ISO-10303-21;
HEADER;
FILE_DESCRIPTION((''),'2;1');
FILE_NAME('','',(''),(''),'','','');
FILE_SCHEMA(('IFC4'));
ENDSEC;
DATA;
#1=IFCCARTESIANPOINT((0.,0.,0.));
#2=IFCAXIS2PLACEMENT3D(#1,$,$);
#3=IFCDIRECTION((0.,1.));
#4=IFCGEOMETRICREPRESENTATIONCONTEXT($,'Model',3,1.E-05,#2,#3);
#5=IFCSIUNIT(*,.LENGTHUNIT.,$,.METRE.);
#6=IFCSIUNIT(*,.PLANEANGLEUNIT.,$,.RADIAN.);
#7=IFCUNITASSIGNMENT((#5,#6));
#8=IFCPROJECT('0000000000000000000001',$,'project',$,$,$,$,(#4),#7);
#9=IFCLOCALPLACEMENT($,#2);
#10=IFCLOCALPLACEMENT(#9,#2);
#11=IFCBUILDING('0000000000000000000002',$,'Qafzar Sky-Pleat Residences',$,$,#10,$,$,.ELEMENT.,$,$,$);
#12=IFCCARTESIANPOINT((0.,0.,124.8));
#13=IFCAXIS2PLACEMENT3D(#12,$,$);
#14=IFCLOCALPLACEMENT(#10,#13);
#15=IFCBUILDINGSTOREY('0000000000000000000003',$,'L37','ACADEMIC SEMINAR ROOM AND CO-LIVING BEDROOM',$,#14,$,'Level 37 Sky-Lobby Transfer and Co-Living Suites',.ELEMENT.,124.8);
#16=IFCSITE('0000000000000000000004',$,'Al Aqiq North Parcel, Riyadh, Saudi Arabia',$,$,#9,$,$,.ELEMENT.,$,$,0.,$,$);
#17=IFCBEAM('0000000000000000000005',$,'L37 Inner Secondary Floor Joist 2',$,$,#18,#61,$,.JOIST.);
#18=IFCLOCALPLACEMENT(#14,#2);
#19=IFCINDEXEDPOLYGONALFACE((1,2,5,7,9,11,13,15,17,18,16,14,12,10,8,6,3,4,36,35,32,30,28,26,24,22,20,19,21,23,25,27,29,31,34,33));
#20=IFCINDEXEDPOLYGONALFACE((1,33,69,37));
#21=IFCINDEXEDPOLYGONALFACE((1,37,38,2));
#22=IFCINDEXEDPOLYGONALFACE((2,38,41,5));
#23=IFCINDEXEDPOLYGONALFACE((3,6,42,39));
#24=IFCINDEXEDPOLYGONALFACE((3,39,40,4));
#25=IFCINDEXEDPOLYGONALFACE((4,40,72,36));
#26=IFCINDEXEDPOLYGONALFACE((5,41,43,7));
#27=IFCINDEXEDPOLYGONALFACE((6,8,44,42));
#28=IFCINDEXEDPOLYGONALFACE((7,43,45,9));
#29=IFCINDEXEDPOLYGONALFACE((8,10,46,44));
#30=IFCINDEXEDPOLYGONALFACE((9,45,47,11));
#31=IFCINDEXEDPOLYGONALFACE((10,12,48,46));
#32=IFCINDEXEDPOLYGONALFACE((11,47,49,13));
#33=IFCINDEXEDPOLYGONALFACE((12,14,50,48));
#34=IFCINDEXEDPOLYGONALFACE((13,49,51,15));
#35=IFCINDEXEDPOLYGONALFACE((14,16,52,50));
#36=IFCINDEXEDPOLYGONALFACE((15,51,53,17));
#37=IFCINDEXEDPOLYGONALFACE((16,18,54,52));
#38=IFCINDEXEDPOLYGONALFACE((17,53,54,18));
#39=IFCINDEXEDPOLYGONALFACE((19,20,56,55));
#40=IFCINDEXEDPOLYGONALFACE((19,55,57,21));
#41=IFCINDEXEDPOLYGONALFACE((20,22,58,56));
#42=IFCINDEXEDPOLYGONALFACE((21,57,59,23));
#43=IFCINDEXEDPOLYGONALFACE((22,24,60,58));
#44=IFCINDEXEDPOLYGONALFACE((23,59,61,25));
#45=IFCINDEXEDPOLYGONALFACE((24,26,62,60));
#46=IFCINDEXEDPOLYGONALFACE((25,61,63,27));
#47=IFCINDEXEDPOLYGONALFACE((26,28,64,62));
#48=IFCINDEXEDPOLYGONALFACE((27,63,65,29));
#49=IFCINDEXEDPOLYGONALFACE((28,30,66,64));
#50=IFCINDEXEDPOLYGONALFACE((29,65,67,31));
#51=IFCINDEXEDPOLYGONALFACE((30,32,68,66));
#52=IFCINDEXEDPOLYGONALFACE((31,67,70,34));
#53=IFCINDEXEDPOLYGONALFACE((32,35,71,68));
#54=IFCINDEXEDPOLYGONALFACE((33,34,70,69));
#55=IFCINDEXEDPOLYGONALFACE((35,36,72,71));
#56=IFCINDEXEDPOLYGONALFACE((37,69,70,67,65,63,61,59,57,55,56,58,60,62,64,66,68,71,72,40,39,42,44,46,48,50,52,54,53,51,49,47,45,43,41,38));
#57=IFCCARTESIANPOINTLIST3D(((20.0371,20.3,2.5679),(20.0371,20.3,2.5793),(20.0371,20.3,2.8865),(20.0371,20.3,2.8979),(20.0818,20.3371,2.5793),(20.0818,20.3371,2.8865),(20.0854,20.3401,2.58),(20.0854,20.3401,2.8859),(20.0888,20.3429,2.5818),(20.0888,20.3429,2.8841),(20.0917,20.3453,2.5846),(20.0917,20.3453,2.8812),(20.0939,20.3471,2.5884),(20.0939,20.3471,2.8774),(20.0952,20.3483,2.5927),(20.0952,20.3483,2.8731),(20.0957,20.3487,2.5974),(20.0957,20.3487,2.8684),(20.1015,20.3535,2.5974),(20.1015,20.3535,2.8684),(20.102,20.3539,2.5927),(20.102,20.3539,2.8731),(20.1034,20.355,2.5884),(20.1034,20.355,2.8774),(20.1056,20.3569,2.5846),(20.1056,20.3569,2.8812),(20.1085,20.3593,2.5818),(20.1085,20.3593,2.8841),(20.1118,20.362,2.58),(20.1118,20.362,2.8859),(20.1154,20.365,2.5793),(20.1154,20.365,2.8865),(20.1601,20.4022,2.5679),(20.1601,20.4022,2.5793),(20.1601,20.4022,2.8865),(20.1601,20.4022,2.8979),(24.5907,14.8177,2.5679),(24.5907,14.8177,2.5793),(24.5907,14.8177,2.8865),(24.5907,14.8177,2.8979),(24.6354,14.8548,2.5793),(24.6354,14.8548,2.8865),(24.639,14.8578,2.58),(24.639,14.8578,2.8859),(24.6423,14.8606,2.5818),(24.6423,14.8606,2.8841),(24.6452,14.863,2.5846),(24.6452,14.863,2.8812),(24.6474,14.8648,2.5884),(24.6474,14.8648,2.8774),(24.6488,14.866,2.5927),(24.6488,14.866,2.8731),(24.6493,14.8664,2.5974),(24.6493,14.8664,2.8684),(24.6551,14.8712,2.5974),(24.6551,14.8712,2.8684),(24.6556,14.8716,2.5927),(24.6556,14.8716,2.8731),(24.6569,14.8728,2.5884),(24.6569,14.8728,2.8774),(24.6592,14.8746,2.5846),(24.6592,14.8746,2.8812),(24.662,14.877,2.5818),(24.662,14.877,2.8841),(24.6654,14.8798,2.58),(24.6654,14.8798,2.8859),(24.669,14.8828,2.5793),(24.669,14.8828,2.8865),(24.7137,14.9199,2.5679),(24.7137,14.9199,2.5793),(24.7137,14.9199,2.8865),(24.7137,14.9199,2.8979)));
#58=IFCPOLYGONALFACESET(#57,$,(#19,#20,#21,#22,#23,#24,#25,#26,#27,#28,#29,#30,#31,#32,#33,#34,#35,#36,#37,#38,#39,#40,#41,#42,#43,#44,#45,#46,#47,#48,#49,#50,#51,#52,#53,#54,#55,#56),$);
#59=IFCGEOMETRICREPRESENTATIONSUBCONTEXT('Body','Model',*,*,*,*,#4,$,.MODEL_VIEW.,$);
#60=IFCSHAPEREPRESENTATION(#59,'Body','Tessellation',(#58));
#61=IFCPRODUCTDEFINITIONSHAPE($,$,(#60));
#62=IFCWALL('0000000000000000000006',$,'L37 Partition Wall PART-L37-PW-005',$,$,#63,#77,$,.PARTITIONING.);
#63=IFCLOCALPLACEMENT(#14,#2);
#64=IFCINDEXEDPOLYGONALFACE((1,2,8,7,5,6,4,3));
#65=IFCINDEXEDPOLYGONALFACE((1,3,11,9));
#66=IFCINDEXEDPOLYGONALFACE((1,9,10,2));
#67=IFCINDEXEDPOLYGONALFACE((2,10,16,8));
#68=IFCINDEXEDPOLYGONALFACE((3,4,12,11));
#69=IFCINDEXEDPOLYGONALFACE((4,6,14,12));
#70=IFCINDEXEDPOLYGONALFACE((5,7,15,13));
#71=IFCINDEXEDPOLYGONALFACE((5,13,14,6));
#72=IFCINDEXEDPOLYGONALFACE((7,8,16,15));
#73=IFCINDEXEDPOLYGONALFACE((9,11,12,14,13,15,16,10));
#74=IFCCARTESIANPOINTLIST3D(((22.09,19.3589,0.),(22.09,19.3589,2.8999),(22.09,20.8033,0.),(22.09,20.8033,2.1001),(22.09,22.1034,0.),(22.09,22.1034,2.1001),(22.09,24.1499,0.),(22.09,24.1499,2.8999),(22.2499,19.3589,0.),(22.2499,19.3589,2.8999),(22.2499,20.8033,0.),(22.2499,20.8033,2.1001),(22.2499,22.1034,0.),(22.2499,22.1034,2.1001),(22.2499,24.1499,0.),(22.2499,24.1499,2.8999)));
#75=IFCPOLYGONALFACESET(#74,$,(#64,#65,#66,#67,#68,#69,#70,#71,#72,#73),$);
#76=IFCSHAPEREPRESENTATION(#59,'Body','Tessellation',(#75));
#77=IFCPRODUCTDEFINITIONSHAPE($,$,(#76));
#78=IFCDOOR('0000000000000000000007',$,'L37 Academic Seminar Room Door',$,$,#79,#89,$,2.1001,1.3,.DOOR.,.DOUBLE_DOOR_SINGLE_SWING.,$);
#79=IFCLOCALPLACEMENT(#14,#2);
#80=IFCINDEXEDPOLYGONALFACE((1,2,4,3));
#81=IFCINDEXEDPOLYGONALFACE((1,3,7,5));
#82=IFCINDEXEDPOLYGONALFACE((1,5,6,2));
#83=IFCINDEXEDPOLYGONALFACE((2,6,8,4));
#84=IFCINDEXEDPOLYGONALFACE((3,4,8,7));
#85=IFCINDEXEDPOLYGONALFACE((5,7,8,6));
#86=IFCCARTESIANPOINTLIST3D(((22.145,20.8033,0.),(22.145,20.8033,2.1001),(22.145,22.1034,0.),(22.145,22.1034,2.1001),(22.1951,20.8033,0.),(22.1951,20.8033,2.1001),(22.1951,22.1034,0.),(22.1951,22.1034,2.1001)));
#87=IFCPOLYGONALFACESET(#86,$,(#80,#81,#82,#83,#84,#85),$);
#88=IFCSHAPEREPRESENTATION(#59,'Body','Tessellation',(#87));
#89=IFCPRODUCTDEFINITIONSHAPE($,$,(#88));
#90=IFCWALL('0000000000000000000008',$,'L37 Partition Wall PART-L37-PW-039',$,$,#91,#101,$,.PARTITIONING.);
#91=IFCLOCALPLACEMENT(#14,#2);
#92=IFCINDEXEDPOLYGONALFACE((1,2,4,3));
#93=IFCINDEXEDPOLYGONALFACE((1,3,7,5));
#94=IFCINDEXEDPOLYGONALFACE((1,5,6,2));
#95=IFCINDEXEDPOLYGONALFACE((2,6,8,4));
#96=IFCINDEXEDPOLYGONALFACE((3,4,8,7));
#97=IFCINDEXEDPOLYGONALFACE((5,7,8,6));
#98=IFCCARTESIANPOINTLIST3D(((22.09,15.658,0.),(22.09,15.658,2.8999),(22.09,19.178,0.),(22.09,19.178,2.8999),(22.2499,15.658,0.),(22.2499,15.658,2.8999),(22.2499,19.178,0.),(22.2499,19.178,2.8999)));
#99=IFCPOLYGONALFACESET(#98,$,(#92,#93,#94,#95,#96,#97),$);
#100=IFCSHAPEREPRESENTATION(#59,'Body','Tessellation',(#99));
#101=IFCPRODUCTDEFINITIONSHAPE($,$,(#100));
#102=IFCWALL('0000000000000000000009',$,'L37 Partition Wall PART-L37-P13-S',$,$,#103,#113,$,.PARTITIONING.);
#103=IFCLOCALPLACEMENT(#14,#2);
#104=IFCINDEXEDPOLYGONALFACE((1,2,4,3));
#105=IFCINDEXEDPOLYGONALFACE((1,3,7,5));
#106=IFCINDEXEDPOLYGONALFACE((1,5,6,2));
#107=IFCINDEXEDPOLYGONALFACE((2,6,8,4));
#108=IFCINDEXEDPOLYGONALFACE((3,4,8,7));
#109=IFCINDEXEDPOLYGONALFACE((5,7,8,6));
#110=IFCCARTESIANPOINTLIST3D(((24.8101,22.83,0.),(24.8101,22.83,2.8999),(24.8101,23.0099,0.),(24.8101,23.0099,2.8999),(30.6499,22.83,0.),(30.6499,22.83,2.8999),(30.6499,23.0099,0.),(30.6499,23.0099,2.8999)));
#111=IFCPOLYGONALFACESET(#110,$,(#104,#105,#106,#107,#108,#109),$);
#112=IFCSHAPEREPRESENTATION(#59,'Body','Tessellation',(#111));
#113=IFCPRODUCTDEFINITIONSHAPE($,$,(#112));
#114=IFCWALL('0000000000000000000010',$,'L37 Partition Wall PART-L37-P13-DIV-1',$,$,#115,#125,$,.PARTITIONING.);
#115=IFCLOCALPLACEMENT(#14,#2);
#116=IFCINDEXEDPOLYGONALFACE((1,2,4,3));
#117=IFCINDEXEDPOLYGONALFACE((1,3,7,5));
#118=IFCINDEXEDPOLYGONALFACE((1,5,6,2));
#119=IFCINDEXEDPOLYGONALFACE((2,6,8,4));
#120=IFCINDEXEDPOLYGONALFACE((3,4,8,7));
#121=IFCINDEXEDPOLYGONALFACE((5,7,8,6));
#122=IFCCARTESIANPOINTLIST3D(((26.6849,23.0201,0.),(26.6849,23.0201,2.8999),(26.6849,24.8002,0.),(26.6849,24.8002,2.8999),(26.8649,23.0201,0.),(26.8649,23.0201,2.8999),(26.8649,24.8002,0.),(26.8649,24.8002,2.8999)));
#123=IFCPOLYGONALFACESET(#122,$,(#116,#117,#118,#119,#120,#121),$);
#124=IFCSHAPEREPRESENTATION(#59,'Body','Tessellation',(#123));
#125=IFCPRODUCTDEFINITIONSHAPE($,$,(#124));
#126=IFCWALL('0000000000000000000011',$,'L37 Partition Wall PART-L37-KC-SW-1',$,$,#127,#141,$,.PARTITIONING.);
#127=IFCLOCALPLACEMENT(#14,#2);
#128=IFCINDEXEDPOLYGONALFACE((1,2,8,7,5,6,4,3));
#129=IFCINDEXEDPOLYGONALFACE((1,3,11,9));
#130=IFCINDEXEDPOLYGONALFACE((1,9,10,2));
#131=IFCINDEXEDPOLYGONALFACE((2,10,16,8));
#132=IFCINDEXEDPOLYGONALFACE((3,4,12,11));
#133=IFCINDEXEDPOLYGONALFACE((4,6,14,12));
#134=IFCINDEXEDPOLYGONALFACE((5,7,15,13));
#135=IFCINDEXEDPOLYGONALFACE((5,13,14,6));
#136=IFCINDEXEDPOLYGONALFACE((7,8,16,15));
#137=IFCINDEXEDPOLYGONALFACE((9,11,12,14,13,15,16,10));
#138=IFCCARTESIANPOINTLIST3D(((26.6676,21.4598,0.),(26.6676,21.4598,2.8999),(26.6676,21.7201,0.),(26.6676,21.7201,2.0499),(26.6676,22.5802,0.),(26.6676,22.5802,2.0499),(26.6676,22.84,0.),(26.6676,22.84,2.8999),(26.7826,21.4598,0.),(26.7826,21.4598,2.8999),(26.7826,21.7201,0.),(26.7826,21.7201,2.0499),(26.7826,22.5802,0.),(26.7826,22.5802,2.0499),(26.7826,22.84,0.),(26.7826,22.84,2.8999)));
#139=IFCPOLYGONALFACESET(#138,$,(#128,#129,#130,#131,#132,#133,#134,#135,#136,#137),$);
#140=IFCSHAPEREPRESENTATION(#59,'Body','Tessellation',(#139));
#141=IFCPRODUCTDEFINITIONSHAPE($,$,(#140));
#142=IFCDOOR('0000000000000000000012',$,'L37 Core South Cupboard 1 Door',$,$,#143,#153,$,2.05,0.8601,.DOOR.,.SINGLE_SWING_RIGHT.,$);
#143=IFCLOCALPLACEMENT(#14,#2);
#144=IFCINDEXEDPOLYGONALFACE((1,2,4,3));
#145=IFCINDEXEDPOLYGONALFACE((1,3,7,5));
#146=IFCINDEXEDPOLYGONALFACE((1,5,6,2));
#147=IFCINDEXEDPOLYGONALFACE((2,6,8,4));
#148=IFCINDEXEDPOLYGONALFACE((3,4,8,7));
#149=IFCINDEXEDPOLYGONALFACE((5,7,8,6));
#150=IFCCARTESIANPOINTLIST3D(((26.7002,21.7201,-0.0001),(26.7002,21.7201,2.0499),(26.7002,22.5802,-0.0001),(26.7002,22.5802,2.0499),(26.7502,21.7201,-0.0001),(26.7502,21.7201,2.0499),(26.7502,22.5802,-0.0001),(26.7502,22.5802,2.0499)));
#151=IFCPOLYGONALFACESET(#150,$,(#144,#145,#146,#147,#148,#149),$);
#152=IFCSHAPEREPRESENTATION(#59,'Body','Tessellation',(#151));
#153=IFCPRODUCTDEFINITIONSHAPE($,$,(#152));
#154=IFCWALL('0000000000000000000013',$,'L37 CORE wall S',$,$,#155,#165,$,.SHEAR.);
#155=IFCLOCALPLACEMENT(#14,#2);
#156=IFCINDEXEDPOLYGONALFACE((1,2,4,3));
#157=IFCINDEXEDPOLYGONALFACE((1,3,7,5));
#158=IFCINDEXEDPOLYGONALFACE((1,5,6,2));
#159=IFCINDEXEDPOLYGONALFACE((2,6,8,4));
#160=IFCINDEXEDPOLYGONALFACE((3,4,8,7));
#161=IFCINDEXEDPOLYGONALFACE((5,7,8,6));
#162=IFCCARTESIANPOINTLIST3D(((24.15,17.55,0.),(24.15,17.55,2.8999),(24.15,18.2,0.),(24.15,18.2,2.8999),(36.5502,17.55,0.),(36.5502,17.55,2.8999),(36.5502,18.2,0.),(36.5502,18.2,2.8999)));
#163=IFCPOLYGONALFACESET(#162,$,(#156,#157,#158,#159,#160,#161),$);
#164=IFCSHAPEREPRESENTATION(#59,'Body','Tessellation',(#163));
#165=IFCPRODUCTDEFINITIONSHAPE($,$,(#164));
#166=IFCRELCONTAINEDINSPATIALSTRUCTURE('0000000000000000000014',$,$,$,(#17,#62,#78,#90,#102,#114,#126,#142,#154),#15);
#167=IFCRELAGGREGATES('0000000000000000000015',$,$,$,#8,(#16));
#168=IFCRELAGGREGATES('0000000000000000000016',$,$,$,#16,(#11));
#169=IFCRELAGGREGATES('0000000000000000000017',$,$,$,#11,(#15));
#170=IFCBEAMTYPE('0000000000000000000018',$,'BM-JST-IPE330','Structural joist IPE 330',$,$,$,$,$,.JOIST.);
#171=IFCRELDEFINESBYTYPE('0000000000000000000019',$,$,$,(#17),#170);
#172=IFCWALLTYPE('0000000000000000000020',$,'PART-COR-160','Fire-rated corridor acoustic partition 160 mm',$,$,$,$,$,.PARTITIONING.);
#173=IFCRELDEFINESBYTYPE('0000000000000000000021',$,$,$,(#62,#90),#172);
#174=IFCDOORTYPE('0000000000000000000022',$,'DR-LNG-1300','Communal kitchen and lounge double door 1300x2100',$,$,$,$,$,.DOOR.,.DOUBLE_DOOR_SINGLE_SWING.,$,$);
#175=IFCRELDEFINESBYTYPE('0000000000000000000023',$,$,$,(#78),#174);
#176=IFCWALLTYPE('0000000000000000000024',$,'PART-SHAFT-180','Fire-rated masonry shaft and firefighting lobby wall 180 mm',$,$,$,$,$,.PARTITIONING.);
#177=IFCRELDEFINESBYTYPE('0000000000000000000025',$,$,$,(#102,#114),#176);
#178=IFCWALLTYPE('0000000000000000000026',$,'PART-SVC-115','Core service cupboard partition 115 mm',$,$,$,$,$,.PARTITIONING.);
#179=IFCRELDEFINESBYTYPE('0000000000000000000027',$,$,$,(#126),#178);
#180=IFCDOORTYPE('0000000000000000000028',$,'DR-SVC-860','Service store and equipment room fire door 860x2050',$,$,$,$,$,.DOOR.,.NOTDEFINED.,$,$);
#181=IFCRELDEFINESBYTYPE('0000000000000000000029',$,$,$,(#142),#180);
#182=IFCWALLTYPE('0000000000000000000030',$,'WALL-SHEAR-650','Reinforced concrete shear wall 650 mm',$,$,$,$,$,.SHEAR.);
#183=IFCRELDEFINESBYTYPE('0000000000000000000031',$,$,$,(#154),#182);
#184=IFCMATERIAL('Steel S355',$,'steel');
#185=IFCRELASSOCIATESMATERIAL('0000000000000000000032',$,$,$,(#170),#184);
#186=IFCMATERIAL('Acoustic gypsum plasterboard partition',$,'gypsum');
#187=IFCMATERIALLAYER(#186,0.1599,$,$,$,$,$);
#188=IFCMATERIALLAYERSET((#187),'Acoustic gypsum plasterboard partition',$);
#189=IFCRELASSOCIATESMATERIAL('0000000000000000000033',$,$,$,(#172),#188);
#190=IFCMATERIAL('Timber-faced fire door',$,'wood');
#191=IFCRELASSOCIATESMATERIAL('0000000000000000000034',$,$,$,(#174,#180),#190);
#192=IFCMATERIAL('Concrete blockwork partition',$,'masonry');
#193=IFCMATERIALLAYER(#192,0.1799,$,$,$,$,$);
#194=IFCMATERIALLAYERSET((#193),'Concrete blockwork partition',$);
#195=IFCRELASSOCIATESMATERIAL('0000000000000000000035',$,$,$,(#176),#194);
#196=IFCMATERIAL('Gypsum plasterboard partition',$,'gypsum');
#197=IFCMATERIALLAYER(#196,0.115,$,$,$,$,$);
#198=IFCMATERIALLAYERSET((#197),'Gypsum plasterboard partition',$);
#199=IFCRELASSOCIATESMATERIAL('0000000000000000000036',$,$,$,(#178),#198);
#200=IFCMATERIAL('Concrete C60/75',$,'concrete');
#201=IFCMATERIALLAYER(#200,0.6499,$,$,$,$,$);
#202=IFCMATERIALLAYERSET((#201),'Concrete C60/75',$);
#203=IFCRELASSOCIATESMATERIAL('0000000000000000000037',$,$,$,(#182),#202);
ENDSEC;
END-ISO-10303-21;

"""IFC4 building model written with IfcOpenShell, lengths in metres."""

from ifc_helpers import new_model, si_unit, direction, frame, frame_2d, origin, origin_2d, place, context, subcontext, project, spatial, rectangle, i_section, extrude, source, transform, mapped, material, layer, layer_set, material_profile, profile_set, type_object, element, fill, save


model = new_model("IFC4")

# Units and contexts
model_context = context("Model", 3, precision=1e-05, world=origin(), true_north=direction((0.0, 1.0)))
body_context = subcontext(model_context, "Body", "Model", "MODEL_VIEW")
ifc_project = project(units=[si_unit("LENGTHUNIT", "METRE"), si_unit("PLANEANGLEUNIT", "RADIAN")], contexts=[model_context])

# Site, building, storey
site_placement = place(None, origin())
site = spatial("IfcSite", under=ifc_project, at=site_placement, Name="Al Aqiq North Parcel, Riyadh, Saudi Arabia", CompositionType="ELEMENT", RefElevation=0.0)
building_placement = place(site_placement, origin())
building = spatial("IfcBuilding", under=site, at=building_placement, Name="Qafzar Sky-Pleat Residences", CompositionType="ELEMENT")
storey_placement = place(building_placement, frame((0.0, 0.0, 124.8)))
storey = spatial("IfcBuildingStorey", under=building, at=storey_placement, Name="L37", Description="ACADEMIC SEMINAR ROOM AND CO-LIVING BEDROOM", LongName="Level 37 Sky-Lobby Transfer and Co-Living Suites", CompositionType="ELEMENT", Elevation=124.8)

# Beam
ifc_material_1 = material(Name="Steel S355", Category="steel")
ifc_material_profile = material_profile(ifc_material_1, i_section(OverallWidth=0.1599, OverallDepth=0.3301, WebThickness=0.0076, FlangeThickness=0.0115, FilletRadius=0.0181, at=origin_2d()), Name="IPE 330")
ifc_profile_set = profile_set([ifc_material_profile], Name="Steel S355")
beam_type = type_object("IfcBeamType", Name="BM-JST-IPE330", Description="Structural joist IPE 330", PredefinedType="JOIST", material=ifc_profile_set)
shared_shape_1 = source(origin(), body_context, "Body", "SweptSolid", [
    extrude(i_section(OverallWidth=0.1599, OverallDepth=0.3301, WebThickness=0.0076, FlangeThickness=0.0115, FilletRadius=0.0181, at=origin_2d()), origin(), (0.0, 0.0, 1.0), 7.1267),
])
beam_placement = place(storey_placement, frame((20.0986, 20.3511, 2.7329), z_axis=(0.63894, -0.769256, 0.0), x_axis=(0.769256, 0.63894, 0.0)))
element("IfcBeam", 1, at=beam_placement, inside=storey, type_object=beam_type, Name="L37 Inner Secondary Floor Joist 2", PredefinedType="JOIST", context=body_context, shape_type="MappedRepresentation", body=[
    mapped(shared_shape_1, transform((0.0, 0.0, 0.0), x_axis=(1.0, 0.0, 0.0), y_axis=(0.0, 1.0, 0.0), z_axis=(0.0, 0.0, 1.0), scale=1.0)),
])

# Wall, opening, door
ifc_material_2 = material(Name="Acoustic gypsum plasterboard partition", Category="gypsum")
ifc_layer_1 = layer(ifc_material_2, 0.1599)
ifc_layer_set_1 = layer_set([ifc_layer_1], Name="Acoustic gypsum plasterboard partition")
wall_type_1 = type_object("IfcWallType", Name="PART-COR-160", Description="Fire-rated corridor acoustic partition 160 mm", PredefinedType="PARTITIONING", material=ifc_layer_set_1)
wall_1_placement = place(storey_placement, frame((22.1699, 19.3589, 0.0), z_axis=(0.0, 0.0, 1.0), x_axis=(0.0, 1.0, 0.0)))
wall_1 = element("IfcWall", 2, at=wall_1_placement, inside=storey, type_object=wall_type_1, Name="L37 Partition Wall PART-L37-PW-005", PredefinedType="PARTITIONING", context=body_context, shape_type="SweptSolid", body=[
    extrude(rectangle(XDim=4.791, YDim=0.1599, at=frame_2d((2.3955, 0.0))), origin(), (0.0, 0.0, 1.0), 2.8999),
])
opening_1_placement = place(wall_1_placement, frame((1.4446, 0.0, 0.0)))
opening_1 = element("IfcOpeningElement", 3, at=opening_1_placement, cuts=wall_1, PredefinedType="OPENING", context=body_context, shape_type="SweptSolid", body=[
    extrude(rectangle(XDim=1.3, YDim=2.1001, at=frame_2d((0.6499, 1.05))), frame((0.0, 0.0898, 0.0), z_axis=(0.0, -1.0, 0.0), x_axis=(1.0, 0.0, 0.0)), (0.0, 0.0, 1.0), 0.1799),
])
ifc_material_3 = material(Name="Timber-faced fire door", Category="wood")
door_type_1 = type_object("IfcDoorType", Name="DR-LNG-1300", Description="Communal kitchen and lounge double door 1300x2100", OperationType="DOUBLE_DOOR_SINGLE_SWING", PredefinedType="DOOR", material=ifc_material_3)
shared_shape_2 = source(origin(), body_context, "Body", "SweptSolid", [
    extrude(rectangle(XDim=1.3, YDim=2.1001, at=frame_2d((0.6499, 1.05))), frame((0.0, 0.0249, 0.0), z_axis=(0.0, -1.0, 0.0), x_axis=(1.0, 0.0, 0.0)), (0.0, 0.0, 1.0), 0.05),
])
door_1_placement = place(opening_1_placement, origin())
door_1 = element("IfcDoor", 4, at=door_1_placement, inside=storey, type_object=door_type_1, Name="L37 Academic Seminar Room Door", OperationType="DOUBLE_DOOR_SINGLE_SWING", OverallHeight=2.1001, OverallWidth=1.3, PredefinedType="DOOR", context=body_context, shape_type="MappedRepresentation", body=[
    mapped(shared_shape_2, transform((0.0, 0.0, 0.0), x_axis=(1.0, 0.0, 0.0), y_axis=(0.0, 1.0, 0.0), z_axis=(0.0, 0.0, 1.0), scale=1.0)),
])
fill(opening_1, door_1)

# Walls
wall_2_placement = place(storey_placement, frame((22.1699, 15.658, 0.0), z_axis=(0.0, 0.0, 1.0), x_axis=(0.0, 1.0, 0.0)))
element("IfcWall", 5, at=wall_2_placement, inside=storey, type_object=wall_type_1, Name="L37 Partition Wall PART-L37-PW-039", PredefinedType="PARTITIONING", context=body_context, shape_type="SweptSolid", body=[
    extrude(rectangle(XDim=3.52, YDim=0.1599, at=frame_2d((1.76, 0.0))), origin(), (0.0, 0.0, 1.0), 2.8999),
])
ifc_material_4 = material(Name="Concrete blockwork partition", Category="masonry")
ifc_layer_2 = layer(ifc_material_4, 0.1799)
ifc_layer_set_2 = layer_set([ifc_layer_2], Name="Concrete blockwork partition")
wall_type_2 = type_object("IfcWallType", Name="PART-SHAFT-180", Description="Fire-rated masonry shaft and firefighting lobby wall 180 mm", PredefinedType="PARTITIONING", material=ifc_layer_set_2)
wall_3_placement = place(storey_placement, frame((24.8101, 22.9199, 0.0), z_axis=(0.0, 0.0, 1.0), x_axis=(1.0, 0.0, 0.0)))
element("IfcWall", 6, at=wall_3_placement, inside=storey, type_object=wall_type_2, Name="L37 Partition Wall PART-L37-P13-S", PredefinedType="PARTITIONING", context=body_context, shape_type="SweptSolid", body=[
    extrude(rectangle(XDim=5.8398, YDim=0.1799, at=frame_2d((2.9199, 0.0))), origin(), (0.0, 0.0, 1.0), 2.8999),
])

# Wall
wall_4_placement = place(storey_placement, frame((26.7749, 23.02, 0.0), z_axis=(0.0, 0.0, 1.0), x_axis=(0.0, 1.0, 0.0)))
element("IfcWall", 7, at=wall_4_placement, inside=storey, type_object=wall_type_2, Name="L37 Partition Wall PART-L37-P13-DIV-1", PredefinedType="PARTITIONING", context=body_context, shape_type="SweptSolid", body=[
    extrude(rectangle(XDim=1.78, YDim=0.1799, at=frame_2d((0.8901, 0.0))), origin(), (0.0, 0.0, 1.0), 2.8999),
])

# Wall, opening, door
ifc_material_5 = material(Name="Gypsum plasterboard partition", Category="gypsum")
ifc_layer_3 = layer(ifc_material_5, 0.115)
ifc_layer_set_3 = layer_set([ifc_layer_3], Name="Gypsum plasterboard partition")
wall_type_3 = type_object("IfcWallType", Name="PART-SVC-115", Description="Core service cupboard partition 115 mm", PredefinedType="PARTITIONING", material=ifc_layer_set_3)
wall_5_placement = place(storey_placement, frame((26.7251, 21.46, 0.0), z_axis=(0.0, 0.0, 1.0), x_axis=(0.0, 1.0, 0.0)))
wall_5 = element("IfcWall", 8, at=wall_5_placement, inside=storey, type_object=wall_type_3, Name="L37 Partition Wall PART-L37-KC-SW-1", PredefinedType="PARTITIONING", context=body_context, shape_type="SweptSolid", body=[
    extrude(rectangle(XDim=1.3801, YDim=0.115, at=frame_2d((0.6899, 0.0))), origin(), (0.0, 0.0, 1.0), 2.8999),
])
opening_2_placement = place(wall_5_placement, frame((0.26, 0.0, 0.0)))
opening_2 = element("IfcOpeningElement", 9, at=opening_2_placement, cuts=wall_5, PredefinedType="OPENING", context=body_context, shape_type="SweptSolid", body=[
    extrude(rectangle(XDim=0.8601, YDim=2.05, at=frame_2d((0.4302, 1.0249))), frame((0.0, 0.0674, 0.0), z_axis=(0.0, -1.0, 0.0), x_axis=(1.0, 0.0, 0.0)), (0.0, 0.0, 1.0), 0.135),
])
door_type_2 = type_object("IfcDoorType", Name="DR-SVC-860", Description="Service store and equipment room fire door 860x2050", OperationType="NOTDEFINED", PredefinedType="DOOR", material=ifc_material_3)
shared_shape_3 = source(origin(), body_context, "Body", "SweptSolid", [
    extrude(rectangle(XDim=0.8601, YDim=2.05, at=frame_2d((0.4302, 1.0249))), frame((0.0, 0.0249, 0.0), z_axis=(0.0, -1.0, 0.0), x_axis=(1.0, 0.0, 0.0)), (0.0, 0.0, 1.0), 0.05),
])
door_2_placement = place(opening_2_placement, origin())
door_2 = element("IfcDoor", 10, at=door_2_placement, inside=storey, type_object=door_type_2, Name="L37 Core South Cupboard 1 Door", OperationType="SINGLE_SWING_RIGHT", OverallHeight=2.05, OverallWidth=0.8601, PredefinedType="DOOR", context=body_context, shape_type="MappedRepresentation", body=[
    mapped(shared_shape_3, transform((0.0, 0.0, 0.0), x_axis=(1.0, 0.0, 0.0), y_axis=(0.0, 1.0, 0.0), z_axis=(0.0, 0.0, 1.0), scale=1.0)),
])
fill(opening_2, door_2)

# Shared definitions
ifc_material_6 = material(Name="Concrete C60/75", Category="concrete")

# Wall
ifc_layer_4 = layer(ifc_material_6, 0.6499)
ifc_layer_set_4 = layer_set([ifc_layer_4], Name="Concrete C60/75")
wall_type_4 = type_object("IfcWallType", Name="WALL-SHEAR-650", Description="Reinforced concrete shear wall 650 mm", PredefinedType="SHEAR", material=ifc_layer_set_4)
wall_6_placement = place(storey_placement, frame((24.1499, 17.875, 0.0), z_axis=(0.0, 0.0, 1.0), x_axis=(1.0, 0.0, 0.0)))
element("IfcWall", 11, at=wall_6_placement, inside=storey, type_object=wall_type_4, Name="L37 CORE wall S", PredefinedType="SHEAR", context=body_context, shape_type="SweptSolid", body=[
    extrude(rectangle(XDim=12.4001, YDim=0.6499, at=frame_2d((6.2002, 0.0))), origin(), (0.0, 0.0, 1.0), 2.8999),
])

save(model, "model.ifc")
